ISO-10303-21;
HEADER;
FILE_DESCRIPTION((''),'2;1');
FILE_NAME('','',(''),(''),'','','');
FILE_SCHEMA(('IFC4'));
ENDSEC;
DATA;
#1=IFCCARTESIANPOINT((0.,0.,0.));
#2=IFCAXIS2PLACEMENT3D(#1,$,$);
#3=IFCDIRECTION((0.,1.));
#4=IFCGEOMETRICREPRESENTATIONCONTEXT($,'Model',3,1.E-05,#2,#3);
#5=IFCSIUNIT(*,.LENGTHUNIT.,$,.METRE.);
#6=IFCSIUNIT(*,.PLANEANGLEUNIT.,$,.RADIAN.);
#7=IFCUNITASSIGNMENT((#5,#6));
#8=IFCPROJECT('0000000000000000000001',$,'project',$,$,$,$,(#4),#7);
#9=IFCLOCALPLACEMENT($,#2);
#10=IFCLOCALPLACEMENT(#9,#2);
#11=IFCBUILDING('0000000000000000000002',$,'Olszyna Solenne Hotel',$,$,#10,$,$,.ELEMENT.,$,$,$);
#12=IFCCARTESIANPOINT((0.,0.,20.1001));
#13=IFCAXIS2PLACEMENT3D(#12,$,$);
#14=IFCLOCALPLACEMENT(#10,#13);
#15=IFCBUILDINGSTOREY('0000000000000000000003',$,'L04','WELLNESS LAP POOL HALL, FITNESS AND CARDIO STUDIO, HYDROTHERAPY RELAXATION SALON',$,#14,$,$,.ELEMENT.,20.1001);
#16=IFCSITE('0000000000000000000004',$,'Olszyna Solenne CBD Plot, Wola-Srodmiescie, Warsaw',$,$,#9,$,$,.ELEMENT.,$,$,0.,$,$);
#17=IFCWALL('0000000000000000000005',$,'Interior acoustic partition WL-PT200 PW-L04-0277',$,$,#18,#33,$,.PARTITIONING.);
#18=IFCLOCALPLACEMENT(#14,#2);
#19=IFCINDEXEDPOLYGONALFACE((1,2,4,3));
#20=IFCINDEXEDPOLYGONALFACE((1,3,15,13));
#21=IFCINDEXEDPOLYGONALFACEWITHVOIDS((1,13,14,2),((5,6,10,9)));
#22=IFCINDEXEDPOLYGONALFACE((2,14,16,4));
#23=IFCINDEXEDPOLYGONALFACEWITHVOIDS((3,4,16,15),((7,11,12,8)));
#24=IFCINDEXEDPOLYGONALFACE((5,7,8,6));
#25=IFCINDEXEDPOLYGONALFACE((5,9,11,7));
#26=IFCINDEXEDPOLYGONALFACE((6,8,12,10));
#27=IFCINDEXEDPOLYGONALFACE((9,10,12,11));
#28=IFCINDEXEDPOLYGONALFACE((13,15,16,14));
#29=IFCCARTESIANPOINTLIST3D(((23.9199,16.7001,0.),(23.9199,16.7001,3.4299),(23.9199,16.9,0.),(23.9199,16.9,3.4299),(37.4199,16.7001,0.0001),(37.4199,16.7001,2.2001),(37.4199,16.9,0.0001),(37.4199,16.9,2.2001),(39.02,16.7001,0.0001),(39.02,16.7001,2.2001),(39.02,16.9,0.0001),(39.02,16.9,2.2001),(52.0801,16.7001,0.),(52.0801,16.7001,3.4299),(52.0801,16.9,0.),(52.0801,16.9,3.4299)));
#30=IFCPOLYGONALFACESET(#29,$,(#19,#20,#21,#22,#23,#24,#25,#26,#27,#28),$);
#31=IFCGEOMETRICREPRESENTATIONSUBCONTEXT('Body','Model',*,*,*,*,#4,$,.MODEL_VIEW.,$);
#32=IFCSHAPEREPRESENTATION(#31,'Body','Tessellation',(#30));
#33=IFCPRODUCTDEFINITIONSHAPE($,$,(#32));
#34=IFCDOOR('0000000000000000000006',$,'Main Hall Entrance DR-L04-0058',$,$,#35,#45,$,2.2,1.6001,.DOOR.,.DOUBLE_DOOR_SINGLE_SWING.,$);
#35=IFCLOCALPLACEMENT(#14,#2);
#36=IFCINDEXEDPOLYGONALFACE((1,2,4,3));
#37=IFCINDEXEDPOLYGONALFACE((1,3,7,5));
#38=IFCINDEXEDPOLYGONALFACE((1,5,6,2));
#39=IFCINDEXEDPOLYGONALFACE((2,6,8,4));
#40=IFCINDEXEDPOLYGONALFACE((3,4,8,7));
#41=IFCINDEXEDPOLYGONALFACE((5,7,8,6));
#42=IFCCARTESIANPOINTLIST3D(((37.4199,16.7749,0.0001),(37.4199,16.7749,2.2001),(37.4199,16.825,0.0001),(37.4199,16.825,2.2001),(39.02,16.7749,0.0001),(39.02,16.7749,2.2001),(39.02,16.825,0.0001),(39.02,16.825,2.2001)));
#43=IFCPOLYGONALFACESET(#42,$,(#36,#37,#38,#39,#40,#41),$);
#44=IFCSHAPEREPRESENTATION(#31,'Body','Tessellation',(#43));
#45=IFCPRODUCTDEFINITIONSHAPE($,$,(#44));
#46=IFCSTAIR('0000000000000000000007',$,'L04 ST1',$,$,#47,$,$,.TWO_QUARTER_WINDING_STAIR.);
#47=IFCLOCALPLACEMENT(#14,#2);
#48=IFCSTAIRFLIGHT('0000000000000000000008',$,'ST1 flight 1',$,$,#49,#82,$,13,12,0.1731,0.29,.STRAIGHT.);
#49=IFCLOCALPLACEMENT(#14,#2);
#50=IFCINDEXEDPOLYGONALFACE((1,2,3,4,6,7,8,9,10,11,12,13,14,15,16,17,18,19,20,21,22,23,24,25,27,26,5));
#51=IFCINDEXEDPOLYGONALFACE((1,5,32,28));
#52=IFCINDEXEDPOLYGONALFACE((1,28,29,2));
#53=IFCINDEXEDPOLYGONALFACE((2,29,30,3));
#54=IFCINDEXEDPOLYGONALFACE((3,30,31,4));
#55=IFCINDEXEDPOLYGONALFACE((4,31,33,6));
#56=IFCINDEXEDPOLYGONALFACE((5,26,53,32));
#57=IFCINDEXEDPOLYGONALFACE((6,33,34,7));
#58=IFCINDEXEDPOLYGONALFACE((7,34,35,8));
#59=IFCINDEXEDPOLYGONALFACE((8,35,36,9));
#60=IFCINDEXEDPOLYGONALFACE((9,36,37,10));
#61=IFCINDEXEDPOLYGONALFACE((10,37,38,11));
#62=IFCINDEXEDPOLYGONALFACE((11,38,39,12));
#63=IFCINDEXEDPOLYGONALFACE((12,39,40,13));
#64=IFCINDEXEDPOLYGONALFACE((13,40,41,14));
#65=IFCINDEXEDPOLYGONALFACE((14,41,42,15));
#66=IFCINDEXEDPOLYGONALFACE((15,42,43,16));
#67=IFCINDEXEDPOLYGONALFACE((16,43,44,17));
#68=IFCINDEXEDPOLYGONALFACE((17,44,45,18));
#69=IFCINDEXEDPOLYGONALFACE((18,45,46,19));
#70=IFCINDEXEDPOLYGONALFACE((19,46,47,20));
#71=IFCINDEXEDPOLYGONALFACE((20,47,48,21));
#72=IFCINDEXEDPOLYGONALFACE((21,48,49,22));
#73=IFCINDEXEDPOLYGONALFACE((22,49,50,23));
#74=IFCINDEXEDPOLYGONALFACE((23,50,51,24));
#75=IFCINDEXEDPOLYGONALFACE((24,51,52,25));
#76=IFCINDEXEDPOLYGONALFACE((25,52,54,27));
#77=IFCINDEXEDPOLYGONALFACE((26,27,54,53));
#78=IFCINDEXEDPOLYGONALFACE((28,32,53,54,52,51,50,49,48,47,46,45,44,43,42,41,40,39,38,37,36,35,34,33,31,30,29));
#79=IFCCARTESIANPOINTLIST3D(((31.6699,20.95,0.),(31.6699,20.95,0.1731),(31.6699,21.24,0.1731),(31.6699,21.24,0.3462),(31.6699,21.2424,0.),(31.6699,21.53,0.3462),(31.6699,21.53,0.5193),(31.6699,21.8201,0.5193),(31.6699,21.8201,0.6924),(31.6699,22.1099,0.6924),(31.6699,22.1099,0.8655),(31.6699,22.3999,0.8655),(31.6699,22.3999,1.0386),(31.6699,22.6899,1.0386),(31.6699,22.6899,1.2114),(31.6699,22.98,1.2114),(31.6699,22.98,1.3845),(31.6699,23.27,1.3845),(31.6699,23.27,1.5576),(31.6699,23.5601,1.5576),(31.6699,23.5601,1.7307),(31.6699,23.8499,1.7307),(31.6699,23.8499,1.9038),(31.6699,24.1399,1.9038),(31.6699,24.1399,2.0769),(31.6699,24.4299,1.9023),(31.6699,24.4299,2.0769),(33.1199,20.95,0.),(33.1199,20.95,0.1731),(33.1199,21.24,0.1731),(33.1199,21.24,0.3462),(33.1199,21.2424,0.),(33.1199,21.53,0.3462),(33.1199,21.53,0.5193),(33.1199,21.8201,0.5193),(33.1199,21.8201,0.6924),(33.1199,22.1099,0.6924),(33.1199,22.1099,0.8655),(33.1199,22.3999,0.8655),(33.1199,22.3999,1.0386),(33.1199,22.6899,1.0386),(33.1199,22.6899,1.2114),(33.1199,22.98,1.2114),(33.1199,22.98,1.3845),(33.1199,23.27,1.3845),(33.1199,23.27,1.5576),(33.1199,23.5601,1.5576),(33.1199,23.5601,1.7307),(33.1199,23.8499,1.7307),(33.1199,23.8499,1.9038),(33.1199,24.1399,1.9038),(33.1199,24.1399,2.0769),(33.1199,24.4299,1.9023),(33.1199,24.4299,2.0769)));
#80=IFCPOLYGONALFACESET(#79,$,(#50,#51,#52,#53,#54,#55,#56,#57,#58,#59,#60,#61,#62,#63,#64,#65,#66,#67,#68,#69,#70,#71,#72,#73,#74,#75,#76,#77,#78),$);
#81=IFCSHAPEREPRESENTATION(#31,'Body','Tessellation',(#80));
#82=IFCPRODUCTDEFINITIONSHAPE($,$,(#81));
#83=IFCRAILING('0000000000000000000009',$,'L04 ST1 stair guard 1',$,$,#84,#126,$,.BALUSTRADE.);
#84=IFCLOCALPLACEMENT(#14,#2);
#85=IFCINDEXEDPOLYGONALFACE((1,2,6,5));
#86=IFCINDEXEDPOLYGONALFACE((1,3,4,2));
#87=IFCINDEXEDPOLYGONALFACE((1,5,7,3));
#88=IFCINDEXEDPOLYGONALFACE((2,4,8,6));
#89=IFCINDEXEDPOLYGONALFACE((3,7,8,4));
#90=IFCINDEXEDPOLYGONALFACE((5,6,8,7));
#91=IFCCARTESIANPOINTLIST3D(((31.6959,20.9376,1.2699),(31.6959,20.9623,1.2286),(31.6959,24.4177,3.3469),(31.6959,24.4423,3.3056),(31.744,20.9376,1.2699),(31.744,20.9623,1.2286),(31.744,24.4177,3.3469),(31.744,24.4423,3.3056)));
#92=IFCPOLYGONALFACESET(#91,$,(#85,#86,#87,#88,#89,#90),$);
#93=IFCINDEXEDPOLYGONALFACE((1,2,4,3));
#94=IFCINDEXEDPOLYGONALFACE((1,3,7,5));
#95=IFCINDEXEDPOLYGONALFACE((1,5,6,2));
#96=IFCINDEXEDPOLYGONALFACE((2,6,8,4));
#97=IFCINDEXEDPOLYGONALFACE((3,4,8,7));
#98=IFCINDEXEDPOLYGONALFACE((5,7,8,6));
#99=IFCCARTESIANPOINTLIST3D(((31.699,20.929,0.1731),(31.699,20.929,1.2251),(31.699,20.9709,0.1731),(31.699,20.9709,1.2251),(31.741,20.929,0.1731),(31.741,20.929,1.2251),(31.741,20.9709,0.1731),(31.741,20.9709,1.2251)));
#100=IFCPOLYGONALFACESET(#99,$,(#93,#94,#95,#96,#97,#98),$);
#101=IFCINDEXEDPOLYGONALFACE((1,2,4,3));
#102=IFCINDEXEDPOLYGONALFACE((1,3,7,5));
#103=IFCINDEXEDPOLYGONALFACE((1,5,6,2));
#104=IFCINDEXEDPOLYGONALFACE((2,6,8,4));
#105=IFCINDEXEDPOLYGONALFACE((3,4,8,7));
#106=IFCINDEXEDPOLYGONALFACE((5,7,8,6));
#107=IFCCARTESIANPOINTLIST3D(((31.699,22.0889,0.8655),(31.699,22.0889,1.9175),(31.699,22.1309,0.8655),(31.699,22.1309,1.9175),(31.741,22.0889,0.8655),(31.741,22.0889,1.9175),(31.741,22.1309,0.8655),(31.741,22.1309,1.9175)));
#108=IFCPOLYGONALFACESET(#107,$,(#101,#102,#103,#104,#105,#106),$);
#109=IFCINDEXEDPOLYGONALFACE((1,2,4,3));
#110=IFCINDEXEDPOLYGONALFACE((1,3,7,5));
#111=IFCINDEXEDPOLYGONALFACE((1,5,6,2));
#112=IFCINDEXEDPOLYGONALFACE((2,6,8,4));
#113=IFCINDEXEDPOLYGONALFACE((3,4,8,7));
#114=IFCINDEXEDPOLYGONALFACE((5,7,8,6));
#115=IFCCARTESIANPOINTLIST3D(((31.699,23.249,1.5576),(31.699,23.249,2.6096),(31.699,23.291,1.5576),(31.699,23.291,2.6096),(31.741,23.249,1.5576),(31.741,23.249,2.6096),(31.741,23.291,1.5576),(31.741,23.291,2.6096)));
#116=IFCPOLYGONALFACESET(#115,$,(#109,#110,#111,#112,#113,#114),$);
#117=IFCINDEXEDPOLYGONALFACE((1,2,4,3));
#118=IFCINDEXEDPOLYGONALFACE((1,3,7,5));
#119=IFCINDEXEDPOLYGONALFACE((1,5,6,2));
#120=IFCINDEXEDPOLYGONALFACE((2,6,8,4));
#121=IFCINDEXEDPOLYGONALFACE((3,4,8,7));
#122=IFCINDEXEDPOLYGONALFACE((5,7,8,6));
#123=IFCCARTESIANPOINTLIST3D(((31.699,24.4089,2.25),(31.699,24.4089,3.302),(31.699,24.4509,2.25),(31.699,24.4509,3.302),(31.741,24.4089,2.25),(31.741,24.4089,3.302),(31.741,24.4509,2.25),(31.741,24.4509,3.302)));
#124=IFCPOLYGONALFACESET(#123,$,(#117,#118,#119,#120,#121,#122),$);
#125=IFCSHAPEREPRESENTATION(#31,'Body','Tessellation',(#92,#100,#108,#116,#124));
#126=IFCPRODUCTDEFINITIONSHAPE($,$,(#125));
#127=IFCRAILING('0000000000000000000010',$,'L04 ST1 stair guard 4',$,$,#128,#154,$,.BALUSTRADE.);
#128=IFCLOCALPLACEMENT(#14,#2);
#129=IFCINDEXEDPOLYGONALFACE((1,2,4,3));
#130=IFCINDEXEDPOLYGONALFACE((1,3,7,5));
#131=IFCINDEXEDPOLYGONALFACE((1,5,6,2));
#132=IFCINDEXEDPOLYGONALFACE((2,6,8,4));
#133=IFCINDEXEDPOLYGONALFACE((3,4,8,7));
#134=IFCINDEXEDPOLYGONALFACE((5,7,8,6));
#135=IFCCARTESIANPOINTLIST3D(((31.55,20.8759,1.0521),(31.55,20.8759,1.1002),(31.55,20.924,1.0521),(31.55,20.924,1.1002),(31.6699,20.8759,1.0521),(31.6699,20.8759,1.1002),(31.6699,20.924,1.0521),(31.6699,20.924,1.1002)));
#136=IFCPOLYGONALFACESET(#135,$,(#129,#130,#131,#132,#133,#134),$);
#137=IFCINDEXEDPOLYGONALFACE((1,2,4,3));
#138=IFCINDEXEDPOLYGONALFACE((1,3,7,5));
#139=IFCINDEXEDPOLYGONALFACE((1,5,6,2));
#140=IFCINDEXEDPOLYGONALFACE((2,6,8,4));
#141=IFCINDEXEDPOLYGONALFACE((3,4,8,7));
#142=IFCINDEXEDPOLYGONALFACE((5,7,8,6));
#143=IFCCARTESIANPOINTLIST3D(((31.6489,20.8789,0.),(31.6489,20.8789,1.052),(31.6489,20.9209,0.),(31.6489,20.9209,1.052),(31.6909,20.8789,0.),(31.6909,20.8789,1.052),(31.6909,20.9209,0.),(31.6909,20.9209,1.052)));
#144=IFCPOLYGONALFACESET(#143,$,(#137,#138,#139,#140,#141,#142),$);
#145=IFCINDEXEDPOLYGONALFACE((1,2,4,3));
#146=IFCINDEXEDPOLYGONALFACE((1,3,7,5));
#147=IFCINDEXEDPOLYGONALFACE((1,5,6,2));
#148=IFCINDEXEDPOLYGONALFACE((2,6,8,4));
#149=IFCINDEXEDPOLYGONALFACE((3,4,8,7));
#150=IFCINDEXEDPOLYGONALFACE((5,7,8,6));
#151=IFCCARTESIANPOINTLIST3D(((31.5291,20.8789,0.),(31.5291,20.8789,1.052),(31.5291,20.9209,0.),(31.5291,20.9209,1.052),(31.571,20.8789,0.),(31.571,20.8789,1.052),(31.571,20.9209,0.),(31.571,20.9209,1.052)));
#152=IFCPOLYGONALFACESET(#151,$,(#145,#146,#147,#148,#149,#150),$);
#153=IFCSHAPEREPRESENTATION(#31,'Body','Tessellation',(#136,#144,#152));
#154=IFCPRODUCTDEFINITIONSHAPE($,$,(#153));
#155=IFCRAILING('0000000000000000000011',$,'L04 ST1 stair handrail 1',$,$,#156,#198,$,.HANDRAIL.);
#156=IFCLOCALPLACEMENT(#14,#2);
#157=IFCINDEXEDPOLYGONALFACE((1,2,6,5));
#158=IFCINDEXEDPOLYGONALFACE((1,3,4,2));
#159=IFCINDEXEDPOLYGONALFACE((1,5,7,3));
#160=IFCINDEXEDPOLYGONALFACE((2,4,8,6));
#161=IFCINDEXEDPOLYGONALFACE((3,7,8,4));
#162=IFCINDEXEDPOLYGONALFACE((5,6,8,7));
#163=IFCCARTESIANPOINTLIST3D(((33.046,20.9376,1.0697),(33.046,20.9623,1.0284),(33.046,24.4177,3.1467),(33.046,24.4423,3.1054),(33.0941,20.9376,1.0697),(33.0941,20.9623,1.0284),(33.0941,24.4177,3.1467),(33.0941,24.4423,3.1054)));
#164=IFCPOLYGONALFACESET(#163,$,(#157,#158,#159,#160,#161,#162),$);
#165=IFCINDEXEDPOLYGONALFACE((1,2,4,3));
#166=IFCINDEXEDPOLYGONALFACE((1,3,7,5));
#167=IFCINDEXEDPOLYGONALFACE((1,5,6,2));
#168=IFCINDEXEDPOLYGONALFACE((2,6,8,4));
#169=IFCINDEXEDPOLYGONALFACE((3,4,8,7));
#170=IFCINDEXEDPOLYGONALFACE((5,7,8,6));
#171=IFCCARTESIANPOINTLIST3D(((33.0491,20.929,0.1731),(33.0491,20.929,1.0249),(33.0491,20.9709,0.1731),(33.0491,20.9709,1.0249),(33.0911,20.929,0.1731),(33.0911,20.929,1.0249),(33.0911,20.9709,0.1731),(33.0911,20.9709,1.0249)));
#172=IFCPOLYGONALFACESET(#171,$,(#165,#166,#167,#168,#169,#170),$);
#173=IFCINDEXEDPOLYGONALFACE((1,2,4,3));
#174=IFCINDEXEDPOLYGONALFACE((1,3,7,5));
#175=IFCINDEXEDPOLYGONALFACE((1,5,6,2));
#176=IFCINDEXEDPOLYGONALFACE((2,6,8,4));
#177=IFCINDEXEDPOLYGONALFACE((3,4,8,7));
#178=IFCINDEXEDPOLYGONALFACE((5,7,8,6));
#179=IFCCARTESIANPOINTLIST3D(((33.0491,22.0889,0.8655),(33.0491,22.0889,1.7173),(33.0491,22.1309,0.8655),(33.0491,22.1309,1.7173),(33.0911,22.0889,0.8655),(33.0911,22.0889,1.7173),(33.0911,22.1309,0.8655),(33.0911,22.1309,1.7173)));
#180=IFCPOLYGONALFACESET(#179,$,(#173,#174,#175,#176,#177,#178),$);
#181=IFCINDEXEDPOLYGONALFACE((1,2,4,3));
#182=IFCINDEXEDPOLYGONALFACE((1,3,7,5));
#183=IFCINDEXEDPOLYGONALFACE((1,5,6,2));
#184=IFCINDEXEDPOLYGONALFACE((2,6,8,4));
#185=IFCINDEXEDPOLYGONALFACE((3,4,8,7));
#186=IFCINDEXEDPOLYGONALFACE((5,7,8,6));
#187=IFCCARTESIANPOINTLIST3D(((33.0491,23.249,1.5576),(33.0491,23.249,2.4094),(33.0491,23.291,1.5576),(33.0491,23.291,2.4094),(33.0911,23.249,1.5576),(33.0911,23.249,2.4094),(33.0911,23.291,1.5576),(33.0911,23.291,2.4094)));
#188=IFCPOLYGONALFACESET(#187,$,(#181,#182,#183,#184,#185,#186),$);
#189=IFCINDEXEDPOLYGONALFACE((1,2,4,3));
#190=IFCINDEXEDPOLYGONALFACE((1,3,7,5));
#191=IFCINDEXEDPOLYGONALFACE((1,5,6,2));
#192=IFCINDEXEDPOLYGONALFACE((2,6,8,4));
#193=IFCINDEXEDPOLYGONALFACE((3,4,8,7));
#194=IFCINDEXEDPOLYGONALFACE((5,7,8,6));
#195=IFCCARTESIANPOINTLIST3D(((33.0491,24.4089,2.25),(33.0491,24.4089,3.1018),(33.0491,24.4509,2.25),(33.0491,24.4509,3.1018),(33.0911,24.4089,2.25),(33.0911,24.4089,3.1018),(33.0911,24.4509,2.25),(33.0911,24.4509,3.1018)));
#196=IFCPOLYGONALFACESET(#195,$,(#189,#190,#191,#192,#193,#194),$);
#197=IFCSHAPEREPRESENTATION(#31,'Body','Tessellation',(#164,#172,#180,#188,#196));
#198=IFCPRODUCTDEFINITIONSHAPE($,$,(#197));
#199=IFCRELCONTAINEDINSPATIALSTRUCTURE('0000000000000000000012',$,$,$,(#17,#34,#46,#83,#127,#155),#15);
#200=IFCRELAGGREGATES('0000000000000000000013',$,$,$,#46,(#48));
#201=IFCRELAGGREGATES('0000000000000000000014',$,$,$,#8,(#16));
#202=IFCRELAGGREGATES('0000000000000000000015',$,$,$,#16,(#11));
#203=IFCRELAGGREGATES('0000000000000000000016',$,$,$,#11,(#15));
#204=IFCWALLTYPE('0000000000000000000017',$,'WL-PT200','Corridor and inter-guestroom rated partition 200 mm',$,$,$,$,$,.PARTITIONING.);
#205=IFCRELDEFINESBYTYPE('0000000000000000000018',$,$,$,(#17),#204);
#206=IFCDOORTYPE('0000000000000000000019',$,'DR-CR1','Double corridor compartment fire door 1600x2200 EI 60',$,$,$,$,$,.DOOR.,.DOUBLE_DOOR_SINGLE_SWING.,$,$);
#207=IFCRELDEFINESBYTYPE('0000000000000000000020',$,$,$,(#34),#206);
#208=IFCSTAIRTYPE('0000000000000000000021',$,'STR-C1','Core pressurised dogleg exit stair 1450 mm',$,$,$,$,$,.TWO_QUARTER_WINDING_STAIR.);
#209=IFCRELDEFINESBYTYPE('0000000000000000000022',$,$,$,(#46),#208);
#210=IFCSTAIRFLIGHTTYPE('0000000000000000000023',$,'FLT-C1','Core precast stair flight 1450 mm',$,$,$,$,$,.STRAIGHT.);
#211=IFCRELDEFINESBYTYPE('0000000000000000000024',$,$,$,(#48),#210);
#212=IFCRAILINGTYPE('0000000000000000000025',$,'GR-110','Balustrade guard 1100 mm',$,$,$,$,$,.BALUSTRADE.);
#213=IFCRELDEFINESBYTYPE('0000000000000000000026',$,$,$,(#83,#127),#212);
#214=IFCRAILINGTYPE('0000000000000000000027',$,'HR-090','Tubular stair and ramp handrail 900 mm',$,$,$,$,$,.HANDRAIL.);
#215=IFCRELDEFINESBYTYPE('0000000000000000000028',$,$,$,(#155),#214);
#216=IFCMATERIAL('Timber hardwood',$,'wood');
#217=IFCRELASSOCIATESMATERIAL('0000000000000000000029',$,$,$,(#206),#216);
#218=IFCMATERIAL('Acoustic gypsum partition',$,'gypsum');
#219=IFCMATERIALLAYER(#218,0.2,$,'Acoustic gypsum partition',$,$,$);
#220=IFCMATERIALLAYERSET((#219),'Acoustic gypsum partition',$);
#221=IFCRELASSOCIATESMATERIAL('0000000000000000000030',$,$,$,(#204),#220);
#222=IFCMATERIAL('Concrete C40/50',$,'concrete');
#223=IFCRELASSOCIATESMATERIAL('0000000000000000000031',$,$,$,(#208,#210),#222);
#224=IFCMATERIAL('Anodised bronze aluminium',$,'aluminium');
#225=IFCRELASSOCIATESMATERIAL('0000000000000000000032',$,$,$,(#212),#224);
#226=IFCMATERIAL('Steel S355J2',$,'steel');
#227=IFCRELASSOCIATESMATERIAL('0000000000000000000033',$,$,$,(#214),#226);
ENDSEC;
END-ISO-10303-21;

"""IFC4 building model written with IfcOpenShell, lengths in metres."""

from ifc_helpers import new_model, si_unit, direction, frame, frame_2d, origin, origin_2d, place, context, subcontext, project, spatial, polyline, rectangle, outline, extrude, source, transform, mapped, material, layer, layer_set, type_object, type_shapes, element, fill, aggregate, save


model = new_model("IFC4")

# Units and contexts
model_context = context("Model", 3, precision=1e-05, world=origin(), true_north=direction((0.0, 1.0)))
body_context = subcontext(model_context, "Body", "Model", "MODEL_VIEW")
ifc_project = project(units=[si_unit("LENGTHUNIT", "METRE"), si_unit("PLANEANGLEUNIT", "RADIAN")], contexts=[model_context])

# Site, building, storey
site_placement = place(None, origin())
site = spatial("IfcSite", under=ifc_project, at=site_placement, Name="Olszyna Solenne CBD Plot, Wola-Srodmiescie, Warsaw", CompositionType="ELEMENT", RefElevation=0.0)
building_placement = place(site_placement, origin())
building = spatial("IfcBuilding", under=site, at=building_placement, Name="Olszyna Solenne Hotel", CompositionType="ELEMENT")
storey_placement = place(building_placement, frame((0.0, 0.0, 20.1001)))
storey = spatial("IfcBuildingStorey", under=building, at=storey_placement, Name="L04", Description="WELLNESS LAP POOL HALL, FITNESS AND CARDIO STUDIO, HYDROTHERAPY RELAXATION SALON", CompositionType="ELEMENT", Elevation=20.1001)

# Shared definitions
ifc_material_1 = material(Name="Anodised bronze aluminium", Category="aluminium")

# Shared definitions
ifc_material_2 = material(Name="Timber hardwood", Category="wood")
door_type_1 = type_object("IfcDoorType", Name="DR-CR1", Description="Double corridor compartment fire door 1600x2200 EI 60", OperationType="DOUBLE_DOOR_SINGLE_SWING", PredefinedType="DOOR", material=ifc_material_2)
shared_shape_1 = source(origin(), body_context, "Body", "SweptSolid", [
    extrude(rectangle(XDim=1.6001, YDim=2.2, at=frame_2d((0.8, 1.1001))), frame((0.0, 0.0249, 0.0), z_axis=(0.0, -1.0, 0.0), x_axis=(1.0, 0.0, 0.0)), (0.0, 0.0, 1.0), 0.05),
])
type_shapes(door_type_1, [shared_shape_1])

# Shared definitions
ifc_material_3 = material(Name="Acoustic gypsum partition", Category="gypsum")
ifc_material_4 = material(Name="Steel S355J2", Category="steel")

# Shared definitions
ifc_layer_1 = layer(ifc_material_3, 0.2, Name="Acoustic gypsum partition")
ifc_layer_set_1 = layer_set([ifc_layer_1], Name="Acoustic gypsum partition")
wall_type_1 = type_object("IfcWallType", Name="WL-PT200", Description="Corridor and inter-guestroom rated partition 200 mm", PredefinedType="PARTITIONING", material=ifc_layer_set_1)

# Wall, opening, door
wall_1_placement = place(storey_placement, frame((23.9199, 16.8, 0.0), z_axis=(0.0, 0.0, 1.0), x_axis=(1.0, 0.0, 0.0)))
wall_1 = element("IfcWall", 1, at=wall_1_placement, inside=storey, type_object=wall_type_1, Name="Interior acoustic partition WL-PT200 PW-L04-0277", PredefinedType="PARTITIONING", context=body_context, shape_type="SweptSolid", body=[
    extrude(rectangle(XDim=28.1602, YDim=0.2, at=frame_2d((14.0801, 0.0))), origin(), (0.0, 0.0, 1.0), 3.4299),
])
opening_1_placement = place(wall_1_placement, frame((13.5, 0.0, 0.0)))
opening_1 = element("IfcOpeningElement", 2, at=opening_1_placement, cuts=wall_1, PredefinedType="OPENING", context=body_context, shape_type="SweptSolid", body=[
    extrude(rectangle(XDim=1.6001, YDim=2.2, at=frame_2d((0.8, 1.1001))), frame((0.0, 0.1099, 0.0), z_axis=(0.0, -1.0, 0.0), x_axis=(1.0, 0.0, 0.0)), (0.0, 0.0, 1.0), 0.22),
])
door_1_placement = place(opening_1_placement, origin())
door_1 = element("IfcDoor", 3, at=door_1_placement, inside=storey, type_object=door_type_1, Name="Main Hall Entrance DR-L04-0058", OperationType="DOUBLE_DOOR_SINGLE_SWING", OverallHeight=2.2, OverallWidth=1.6001, PredefinedType="DOOR", context=body_context, shape_type="MappedRepresentation", body=[
    mapped(shared_shape_1, transform((0.0, 0.0, 0.0), x_axis=(1.0, 0.0, 0.0), y_axis=(0.0, 1.0, 0.0), z_axis=(0.0, 0.0, 1.0), scale=1.0)),
])
fill(opening_1, door_1)

# Stair, stair flight
ifc_material_5 = material(Name="Concrete C40/50", Category="concrete")
stair_type = type_object("IfcStairType", Name="STR-C1", Description="Core pressurised dogleg exit stair 1450 mm", PredefinedType="TWO_QUARTER_WINDING_STAIR", material=ifc_material_5)
stair_placement = place(storey_placement, origin())
stair = element("IfcStair", 4, at=stair_placement, inside=storey, type_object=stair_type, Name="L04 ST1", PredefinedType="TWO_QUARTER_WINDING_STAIR")
stair_flight_type = type_object("IfcStairFlightType", Name="FLT-C1", Description="Core precast stair flight 1450 mm", PredefinedType="STRAIGHT", material=ifc_material_5)
stair_flight_placement = place(storey_placement, frame((32.395, 20.95, 0.0), z_axis=(0.0, 0.0, 1.0), x_axis=(0.0, 1.0, 0.0)))
stair_flight = element("IfcStairFlight", 5, at=stair_flight_placement, type_object=stair_flight_type, Name="ST1 flight 1", NumberOfRisers=13, NumberOfTreads=12, PredefinedType="STRAIGHT", RiserHeight=0.1731, TreadLength=0.29, context=body_context, shape_type="SweptSolid", body=[
    extrude(outline(polyline([(0.0, 0.0), (0.0, 0.1731), (0.29, 0.1731), (0.29, 0.3462), (0.5801, 0.3462), (0.5801, 0.5193), (0.8701, 0.5193), (0.8701, 0.6924), (1.1599, 0.6924), (1.1599, 0.8655), (1.45, 0.8655), (1.45, 1.0386), (1.74, 1.0386), (1.74, 1.2114), (2.03, 1.2114), (2.03, 1.3845), (2.3201, 1.3845), (2.3201, 1.5576), (2.6101, 1.5576), (2.6101, 1.7307), (2.8999, 1.7307), (2.8999, 1.9038), (3.1899, 1.9038), (3.1899, 2.0769), (3.48, 2.0769), (3.48, 2.25), (3.48, 1.9023), (0.2925, 0.0), (0.0, 0.0)])), frame((0.0, 0.7251, 0.0), z_axis=(0.0, -1.0, 0.0), x_axis=(1.0, 0.0, 0.0)), (0.0, 0.0, 1.0), 1.45),
])
aggregate(stair, [stair_flight])

# Railings
railing_type_1 = type_object("IfcRailingType", Name="GR-110", Description="Balustrade guard 1100 mm", PredefinedType="BALUSTRADE", material=ifc_material_1)
railing_1_placement = place(storey_placement, frame((31.72, 20.95, 0.1731)))
element("IfcRailing", 6, at=railing_1_placement, inside=storey, type_object=railing_type_1, Name="L04 ST1 stair guard 1", PredefinedType="BALUSTRADE", context=body_context, shape_type="SweptSolid", body=[
    extrude(rectangle(XDim=0.0481, YDim=0.0481, at=origin_2d()), frame((0.0, 0.0, 1.0762), z_axis=(0.0, 0.858697, 0.512483), x_axis=(-1.0, 0.0, 0.0)), (0.0, 0.0, 1.0), 4.0527),
    extrude(rectangle(XDim=0.042, YDim=0.042, at=origin_2d()), origin(), (0.0, 0.0, 1.0), 1.052),
    extrude(rectangle(XDim=0.042, YDim=0.042, at=origin_2d()), frame((0.0, 1.1599, 0.6924)), (0.0, 0.0, 1.0), 1.052),
    extrude(rectangle(XDim=0.042, YDim=0.042, at=origin_2d()), frame((0.0, 2.3201, 1.3845)), (0.0, 0.0, 1.0), 1.052),
    extrude(rectangle(XDim=0.042, YDim=0.042, at=origin_2d()), frame((0.0, 3.48, 2.0769)), (0.0, 0.0, 1.0), 1.052),
])
railing_2_placement = place(storey_placement, frame((31.6699, 20.8999, 0.0)))
element("IfcRailing", 7, at=railing_2_placement, inside=storey, type_object=railing_type_1, Name="L04 ST1 stair guard 4", PredefinedType="BALUSTRADE", context=body_context, shape_type="SweptSolid", body=[
    extrude(rectangle(XDim=0.0481, YDim=0.0481, at=origin_2d()), frame((0.0, 0.0, 1.0762), z_axis=(-1.0, 0.0, 0.0), x_axis=(0.0, -1.0, 0.0)), (0.0, 0.0, 1.0), 0.1199),
    extrude(rectangle(XDim=0.042, YDim=0.042, at=origin_2d()), origin(), (0.0, 0.0, 1.0), 1.052),
    extrude(rectangle(XDim=0.042, YDim=0.042, at=origin_2d()), frame((-0.1199, 0.0, 0.0)), (0.0, 0.0, 1.0), 1.052),
])
railing_type_2 = type_object("IfcRailingType", Name="HR-090", Description="Tubular stair and ramp handrail 900 mm", PredefinedType="HANDRAIL", material=ifc_material_4)
railing_3_placement = place(storey_placement, frame((33.0701, 20.95, 0.1731)))
element("IfcRailing", 8, at=railing_3_placement, inside=storey, type_object=railing_type_2, Name="L04 ST1 stair handrail 1", PredefinedType="HANDRAIL", context=body_context, shape_type="SweptSolid", body=[
    extrude(rectangle(XDim=0.0481, YDim=0.0481, at=origin_2d()), frame((0.0, 0.0, 0.876), z_axis=(0.0, 0.858697, 0.512483), x_axis=(-1.0, 0.0, 0.0)), (0.0, 0.0, 1.0), 4.0527),
    extrude(rectangle(XDim=0.042, YDim=0.042, at=origin_2d()), origin(), (0.0, 0.0, 1.0), 0.8518),
    extrude(rectangle(XDim=0.042, YDim=0.042, at=origin_2d()), frame((0.0, 1.1599, 0.6924)), (0.0, 0.0, 1.0), 0.8518),
    extrude(rectangle(XDim=0.042, YDim=0.042, at=origin_2d()), frame((0.0, 2.3201, 1.3845)), (0.0, 0.0, 1.0), 0.8518),
    extrude(rectangle(XDim=0.042, YDim=0.042, at=origin_2d()), frame((0.0, 3.48, 2.0769)), (0.0, 0.0, 1.0), 0.8518),
])

save(model, "model.ifc")
